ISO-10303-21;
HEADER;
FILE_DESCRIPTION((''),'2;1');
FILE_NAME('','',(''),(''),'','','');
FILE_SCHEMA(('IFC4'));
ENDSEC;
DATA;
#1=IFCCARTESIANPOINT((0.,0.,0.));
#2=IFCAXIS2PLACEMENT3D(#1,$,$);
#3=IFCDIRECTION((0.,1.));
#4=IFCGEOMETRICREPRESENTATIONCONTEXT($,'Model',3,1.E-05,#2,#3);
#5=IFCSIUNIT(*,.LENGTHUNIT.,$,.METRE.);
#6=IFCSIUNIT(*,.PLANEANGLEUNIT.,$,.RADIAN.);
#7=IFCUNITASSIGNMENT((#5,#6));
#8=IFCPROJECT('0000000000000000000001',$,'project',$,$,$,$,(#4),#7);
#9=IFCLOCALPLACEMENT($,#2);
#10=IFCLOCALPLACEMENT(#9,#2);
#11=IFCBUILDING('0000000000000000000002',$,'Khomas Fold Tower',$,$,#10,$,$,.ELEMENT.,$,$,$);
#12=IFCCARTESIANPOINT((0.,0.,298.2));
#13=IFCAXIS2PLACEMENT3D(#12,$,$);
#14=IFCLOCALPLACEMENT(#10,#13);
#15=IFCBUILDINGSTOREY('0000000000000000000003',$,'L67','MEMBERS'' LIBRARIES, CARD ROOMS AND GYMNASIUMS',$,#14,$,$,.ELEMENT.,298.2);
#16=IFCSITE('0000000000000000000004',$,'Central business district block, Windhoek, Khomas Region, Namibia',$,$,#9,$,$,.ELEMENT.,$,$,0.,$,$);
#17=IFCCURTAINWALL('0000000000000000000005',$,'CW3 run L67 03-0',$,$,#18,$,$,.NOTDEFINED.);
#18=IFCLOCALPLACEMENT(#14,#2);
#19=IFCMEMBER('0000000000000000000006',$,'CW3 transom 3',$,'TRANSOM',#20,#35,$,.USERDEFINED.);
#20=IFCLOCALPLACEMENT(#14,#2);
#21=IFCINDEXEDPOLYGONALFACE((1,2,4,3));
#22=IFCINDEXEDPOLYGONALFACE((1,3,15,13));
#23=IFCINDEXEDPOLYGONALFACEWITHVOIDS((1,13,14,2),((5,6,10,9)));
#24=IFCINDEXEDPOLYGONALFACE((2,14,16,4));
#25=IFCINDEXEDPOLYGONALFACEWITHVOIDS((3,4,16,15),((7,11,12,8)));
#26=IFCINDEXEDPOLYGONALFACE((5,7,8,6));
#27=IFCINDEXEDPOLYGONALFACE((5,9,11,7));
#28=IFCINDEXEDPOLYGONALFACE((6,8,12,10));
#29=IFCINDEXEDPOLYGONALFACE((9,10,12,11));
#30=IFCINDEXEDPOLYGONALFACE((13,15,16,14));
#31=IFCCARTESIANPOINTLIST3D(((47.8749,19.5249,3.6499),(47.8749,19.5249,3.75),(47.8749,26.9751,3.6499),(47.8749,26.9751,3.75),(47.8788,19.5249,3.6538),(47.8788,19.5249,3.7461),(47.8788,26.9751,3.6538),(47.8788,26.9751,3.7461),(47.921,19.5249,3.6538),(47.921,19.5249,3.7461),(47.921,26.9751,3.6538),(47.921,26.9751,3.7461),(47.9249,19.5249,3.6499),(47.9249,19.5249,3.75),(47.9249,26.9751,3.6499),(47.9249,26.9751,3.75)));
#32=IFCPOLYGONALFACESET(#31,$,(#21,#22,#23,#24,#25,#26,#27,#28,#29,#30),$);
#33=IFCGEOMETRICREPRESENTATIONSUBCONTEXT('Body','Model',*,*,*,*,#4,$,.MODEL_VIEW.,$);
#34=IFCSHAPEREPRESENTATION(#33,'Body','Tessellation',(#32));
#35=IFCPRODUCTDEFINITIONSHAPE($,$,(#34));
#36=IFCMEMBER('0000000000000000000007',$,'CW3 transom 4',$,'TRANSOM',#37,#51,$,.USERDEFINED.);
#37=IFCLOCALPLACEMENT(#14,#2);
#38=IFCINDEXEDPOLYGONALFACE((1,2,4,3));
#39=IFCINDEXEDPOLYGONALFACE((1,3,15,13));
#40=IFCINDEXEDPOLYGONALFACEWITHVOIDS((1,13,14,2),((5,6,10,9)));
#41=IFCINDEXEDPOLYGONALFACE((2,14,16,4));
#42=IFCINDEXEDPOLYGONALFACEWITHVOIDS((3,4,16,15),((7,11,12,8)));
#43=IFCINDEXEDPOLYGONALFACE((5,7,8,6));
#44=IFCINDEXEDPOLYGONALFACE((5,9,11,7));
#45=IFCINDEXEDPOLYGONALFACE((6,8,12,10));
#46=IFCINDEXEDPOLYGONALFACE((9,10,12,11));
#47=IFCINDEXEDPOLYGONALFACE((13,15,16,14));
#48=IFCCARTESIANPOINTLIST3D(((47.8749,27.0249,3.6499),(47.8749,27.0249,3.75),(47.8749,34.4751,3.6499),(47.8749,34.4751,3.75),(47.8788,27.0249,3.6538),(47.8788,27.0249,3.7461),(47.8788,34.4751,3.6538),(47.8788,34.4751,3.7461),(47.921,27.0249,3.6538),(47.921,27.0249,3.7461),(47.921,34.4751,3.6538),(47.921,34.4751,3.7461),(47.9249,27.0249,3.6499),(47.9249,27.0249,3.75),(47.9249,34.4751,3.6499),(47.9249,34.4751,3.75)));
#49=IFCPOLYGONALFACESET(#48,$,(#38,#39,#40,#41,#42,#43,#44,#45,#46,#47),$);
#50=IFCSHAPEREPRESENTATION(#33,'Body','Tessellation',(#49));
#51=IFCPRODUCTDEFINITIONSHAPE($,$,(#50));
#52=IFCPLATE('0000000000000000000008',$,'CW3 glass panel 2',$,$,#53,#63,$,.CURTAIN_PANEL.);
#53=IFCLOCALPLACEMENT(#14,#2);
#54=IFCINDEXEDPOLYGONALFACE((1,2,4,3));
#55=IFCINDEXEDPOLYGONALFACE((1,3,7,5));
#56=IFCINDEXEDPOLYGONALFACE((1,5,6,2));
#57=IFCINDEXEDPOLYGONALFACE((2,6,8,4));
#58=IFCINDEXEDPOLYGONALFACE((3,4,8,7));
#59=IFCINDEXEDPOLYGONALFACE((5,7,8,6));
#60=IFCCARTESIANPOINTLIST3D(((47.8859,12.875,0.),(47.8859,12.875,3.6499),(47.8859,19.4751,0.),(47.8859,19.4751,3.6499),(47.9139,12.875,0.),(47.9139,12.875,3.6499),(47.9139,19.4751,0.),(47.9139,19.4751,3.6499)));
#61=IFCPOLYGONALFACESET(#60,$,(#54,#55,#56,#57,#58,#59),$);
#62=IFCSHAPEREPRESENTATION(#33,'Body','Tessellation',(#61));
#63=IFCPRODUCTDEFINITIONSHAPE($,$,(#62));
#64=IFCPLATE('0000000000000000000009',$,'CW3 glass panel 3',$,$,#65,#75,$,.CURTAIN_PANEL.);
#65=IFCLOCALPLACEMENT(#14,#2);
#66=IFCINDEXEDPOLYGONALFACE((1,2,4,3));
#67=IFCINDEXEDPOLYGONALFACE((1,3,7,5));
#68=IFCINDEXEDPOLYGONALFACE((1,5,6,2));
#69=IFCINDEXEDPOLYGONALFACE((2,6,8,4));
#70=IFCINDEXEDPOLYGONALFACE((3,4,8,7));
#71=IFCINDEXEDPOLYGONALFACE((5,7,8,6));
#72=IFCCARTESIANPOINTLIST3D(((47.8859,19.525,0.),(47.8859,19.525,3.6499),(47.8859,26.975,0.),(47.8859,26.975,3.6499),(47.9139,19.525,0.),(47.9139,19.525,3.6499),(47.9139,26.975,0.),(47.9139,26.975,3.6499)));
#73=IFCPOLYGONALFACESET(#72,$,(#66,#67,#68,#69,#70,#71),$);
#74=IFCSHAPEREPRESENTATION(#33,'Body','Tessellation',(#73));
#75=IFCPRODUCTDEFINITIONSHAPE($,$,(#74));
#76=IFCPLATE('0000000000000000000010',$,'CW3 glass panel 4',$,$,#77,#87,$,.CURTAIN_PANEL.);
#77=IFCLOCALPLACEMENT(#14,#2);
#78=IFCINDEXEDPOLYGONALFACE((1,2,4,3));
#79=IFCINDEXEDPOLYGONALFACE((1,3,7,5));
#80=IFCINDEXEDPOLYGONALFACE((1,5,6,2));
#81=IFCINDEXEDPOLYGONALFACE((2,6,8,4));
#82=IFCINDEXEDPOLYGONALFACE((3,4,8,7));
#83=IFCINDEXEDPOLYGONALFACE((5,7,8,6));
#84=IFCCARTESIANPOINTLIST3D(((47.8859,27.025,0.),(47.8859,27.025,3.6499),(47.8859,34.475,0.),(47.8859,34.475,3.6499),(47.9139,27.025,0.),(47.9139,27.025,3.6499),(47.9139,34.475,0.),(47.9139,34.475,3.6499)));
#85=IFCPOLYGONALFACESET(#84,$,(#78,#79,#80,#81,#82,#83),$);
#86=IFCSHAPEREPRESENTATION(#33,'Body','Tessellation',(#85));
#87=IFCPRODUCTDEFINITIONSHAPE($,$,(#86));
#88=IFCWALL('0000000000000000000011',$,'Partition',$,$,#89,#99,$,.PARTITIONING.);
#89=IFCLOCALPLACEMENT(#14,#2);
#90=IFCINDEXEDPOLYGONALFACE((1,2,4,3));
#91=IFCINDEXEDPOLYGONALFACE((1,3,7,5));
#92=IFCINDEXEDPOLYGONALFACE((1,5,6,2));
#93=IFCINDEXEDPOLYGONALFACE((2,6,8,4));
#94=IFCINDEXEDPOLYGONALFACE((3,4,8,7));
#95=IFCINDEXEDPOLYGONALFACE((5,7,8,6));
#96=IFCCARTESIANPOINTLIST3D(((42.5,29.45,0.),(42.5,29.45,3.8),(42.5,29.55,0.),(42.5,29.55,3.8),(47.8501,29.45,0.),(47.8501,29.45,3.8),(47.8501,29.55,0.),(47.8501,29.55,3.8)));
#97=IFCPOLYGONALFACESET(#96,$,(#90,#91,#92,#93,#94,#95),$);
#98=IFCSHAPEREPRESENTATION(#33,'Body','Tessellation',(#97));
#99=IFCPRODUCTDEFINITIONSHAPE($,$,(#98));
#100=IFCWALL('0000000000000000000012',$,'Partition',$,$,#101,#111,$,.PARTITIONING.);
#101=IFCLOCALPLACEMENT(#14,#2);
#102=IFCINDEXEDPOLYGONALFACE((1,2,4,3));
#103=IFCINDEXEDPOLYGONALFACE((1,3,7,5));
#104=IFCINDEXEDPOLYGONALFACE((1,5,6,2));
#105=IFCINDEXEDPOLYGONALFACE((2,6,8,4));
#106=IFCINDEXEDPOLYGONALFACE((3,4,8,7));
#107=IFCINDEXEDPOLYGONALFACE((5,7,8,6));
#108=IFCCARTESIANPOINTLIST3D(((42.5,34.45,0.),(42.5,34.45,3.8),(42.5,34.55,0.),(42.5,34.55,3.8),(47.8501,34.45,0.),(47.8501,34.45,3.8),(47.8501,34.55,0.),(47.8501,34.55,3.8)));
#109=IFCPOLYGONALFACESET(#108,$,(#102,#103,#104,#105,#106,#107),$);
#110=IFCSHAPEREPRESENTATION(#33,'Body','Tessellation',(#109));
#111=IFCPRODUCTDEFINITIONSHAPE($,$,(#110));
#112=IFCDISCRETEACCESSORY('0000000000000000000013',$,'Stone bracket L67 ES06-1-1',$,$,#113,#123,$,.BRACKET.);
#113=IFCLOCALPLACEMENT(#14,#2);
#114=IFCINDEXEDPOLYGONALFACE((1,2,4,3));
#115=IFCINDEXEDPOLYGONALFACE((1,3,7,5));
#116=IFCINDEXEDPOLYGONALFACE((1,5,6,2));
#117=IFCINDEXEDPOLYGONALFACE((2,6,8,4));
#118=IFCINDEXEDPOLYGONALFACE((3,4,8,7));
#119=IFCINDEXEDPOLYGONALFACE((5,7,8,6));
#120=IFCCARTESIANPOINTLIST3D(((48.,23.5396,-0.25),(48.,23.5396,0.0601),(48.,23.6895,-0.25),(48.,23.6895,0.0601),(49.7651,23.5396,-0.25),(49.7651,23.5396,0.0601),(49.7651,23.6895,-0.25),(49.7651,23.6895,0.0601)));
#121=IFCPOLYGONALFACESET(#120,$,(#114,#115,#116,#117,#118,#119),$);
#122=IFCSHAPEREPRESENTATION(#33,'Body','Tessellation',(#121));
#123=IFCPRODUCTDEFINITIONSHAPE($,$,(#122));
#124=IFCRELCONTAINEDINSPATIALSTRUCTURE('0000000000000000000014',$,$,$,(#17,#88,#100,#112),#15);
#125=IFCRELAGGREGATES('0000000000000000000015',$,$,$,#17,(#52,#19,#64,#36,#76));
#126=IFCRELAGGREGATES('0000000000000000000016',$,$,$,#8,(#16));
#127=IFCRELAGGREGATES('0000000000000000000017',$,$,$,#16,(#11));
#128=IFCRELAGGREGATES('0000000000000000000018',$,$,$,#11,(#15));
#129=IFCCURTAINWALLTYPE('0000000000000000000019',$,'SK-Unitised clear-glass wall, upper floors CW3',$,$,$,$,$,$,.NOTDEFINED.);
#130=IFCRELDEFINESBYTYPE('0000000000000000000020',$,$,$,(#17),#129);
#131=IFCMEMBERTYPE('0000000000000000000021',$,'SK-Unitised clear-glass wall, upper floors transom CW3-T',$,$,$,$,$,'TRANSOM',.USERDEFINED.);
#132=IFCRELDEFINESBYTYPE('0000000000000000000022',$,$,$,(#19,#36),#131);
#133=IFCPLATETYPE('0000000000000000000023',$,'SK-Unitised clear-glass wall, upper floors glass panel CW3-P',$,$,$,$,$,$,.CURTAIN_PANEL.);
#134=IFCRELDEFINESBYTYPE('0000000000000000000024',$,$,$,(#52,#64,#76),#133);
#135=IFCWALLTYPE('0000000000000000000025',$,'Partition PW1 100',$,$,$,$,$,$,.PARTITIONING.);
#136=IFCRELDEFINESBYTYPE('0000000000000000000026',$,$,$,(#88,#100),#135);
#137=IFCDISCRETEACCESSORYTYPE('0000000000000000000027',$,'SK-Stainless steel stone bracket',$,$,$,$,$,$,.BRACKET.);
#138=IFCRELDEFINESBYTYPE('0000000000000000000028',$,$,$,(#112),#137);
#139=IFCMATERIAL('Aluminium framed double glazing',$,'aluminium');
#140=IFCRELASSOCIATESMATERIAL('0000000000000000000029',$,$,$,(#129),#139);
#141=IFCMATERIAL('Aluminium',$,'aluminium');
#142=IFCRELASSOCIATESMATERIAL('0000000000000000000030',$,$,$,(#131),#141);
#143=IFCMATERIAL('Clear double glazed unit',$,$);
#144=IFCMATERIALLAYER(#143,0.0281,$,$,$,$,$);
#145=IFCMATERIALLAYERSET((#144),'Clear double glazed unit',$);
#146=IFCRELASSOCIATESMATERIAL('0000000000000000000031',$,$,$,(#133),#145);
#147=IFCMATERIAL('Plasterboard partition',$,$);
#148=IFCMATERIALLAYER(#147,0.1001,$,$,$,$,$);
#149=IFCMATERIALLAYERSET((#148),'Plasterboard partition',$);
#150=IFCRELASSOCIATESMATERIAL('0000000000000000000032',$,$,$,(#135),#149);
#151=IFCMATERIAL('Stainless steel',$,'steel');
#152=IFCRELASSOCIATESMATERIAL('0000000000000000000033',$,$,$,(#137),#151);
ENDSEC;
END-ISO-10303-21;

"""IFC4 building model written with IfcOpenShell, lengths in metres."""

from ifc_helpers import new_model, si_unit, direction, frame, frame_2d, origin, origin_2d, place, context, subcontext, project, spatial, rectangle, hollow_rectangle, extrude, source, transform, mapped, material, layer, layer_set, material_profile, profile_set, type_object, element, aggregate, save


model = new_model("IFC4")

# Units and contexts
model_context = context("Model", 3, precision=1e-05, world=origin(), true_north=direction((0.0, 1.0)))
body_context = subcontext(model_context, "Body", "Model", "MODEL_VIEW")
ifc_project = project(units=[si_unit("LENGTHUNIT", "METRE"), si_unit("PLANEANGLEUNIT", "RADIAN")], contexts=[model_context])

# Site, building, storey
site_placement = place(None, origin())
site = spatial("IfcSite", under=ifc_project, at=site_placement, Name="Central business district block, Windhoek, Khomas Region, Namibia", CompositionType="ELEMENT", RefElevation=0.0)
building_placement = place(site_placement, origin())
building = spatial("IfcBuilding", under=site, at=building_placement, Name="Khomas Fold Tower", CompositionType="ELEMENT")
storey_placement = place(building_placement, frame((0.0, 0.0, 298.2)))
storey = spatial("IfcBuildingStorey", under=building, at=storey_placement, Name="L67", Description="MEMBERS' LIBRARIES, CARD ROOMS AND GYMNASIUMS", CompositionType="ELEMENT", Elevation=298.2)

# Curtain wall, members, plates
ifc_material_1 = material(Name="Aluminium framed double glazing", Category="aluminium")
curtain_wall_type = type_object("IfcCurtainWallType", Name="SK-Unitised clear-glass wall, upper floors CW3", PredefinedType="NOTDEFINED", material=ifc_material_1)
curtain_wall_placement = place(storey_placement, origin())
curtain_wall = element("IfcCurtainWall", 1, at=curtain_wall_placement, inside=storey, type_object=curtain_wall_type, Name="CW3 run L67 03-0", PredefinedType="NOTDEFINED")
ifc_material_2 = material(Name="Aluminium", Category="aluminium")
ifc_material_profile_1 = material_profile(ifc_material_2, hollow_rectangle(XDim=0.05, YDim=0.1001, WallThickness=0.0039, at=origin_2d()), Name="SK-Unitised clear-glass wall, upper floors transom CW3-T")
ifc_profile_set_1 = profile_set([ifc_material_profile_1], Name="Aluminium")
member_type_1 = type_object("IfcMemberType", Name="SK-Unitised clear-glass wall, upper floors transom CW3-T", ElementType="TRANSOM", PredefinedType="USERDEFINED", material=ifc_profile_set_1)
shared_shape_1 = source(origin(), body_context, "Body", "SweptSolid", [
    extrude(hollow_rectangle(XDim=0.05, YDim=0.1001, WallThickness=0.0039, at=origin_2d()), origin(), (0.0, 0.0, 1.0), 7.4502),
])
member_1_placement = place(storey_placement, frame((47.8999, 19.5249, 3.7), z_axis=(0.0, 1.0, 0.0), x_axis=(-1.0, 0.0, 0.0)))
member_1 = element("IfcMember", 2, at=member_1_placement, type_object=member_type_1, Name="CW3 transom 3", ObjectType="TRANSOM", PredefinedType="USERDEFINED", context=body_context, shape_type="MappedRepresentation", body=[
    mapped(shared_shape_1, transform((0.0, 0.0, 0.0))),
])
member_2_placement = place(storey_placement, frame((47.8999, 27.0249, 3.7), z_axis=(0.0, 1.0, 0.0), x_axis=(-1.0, 0.0, 0.0)))
member_2 = element("IfcMember", 3, at=member_2_placement, type_object=member_type_1, Name="CW3 transom 4", ObjectType="TRANSOM", PredefinedType="USERDEFINED", context=body_context, shape_type="MappedRepresentation", body=[
    mapped(shared_shape_1, transform((0.0, 0.0, 0.0))),
])
ifc_material_3 = material(Name="Clear double glazed unit")
ifc_layer_1 = layer(ifc_material_3, 0.0281)
ifc_layer_set_1 = layer_set([ifc_layer_1], Name="Clear double glazed unit")
plate_type = type_object("IfcPlateType", Name="SK-Unitised clear-glass wall, upper floors glass panel CW3-P", PredefinedType="CURTAIN_PANEL", material=ifc_layer_set_1)
shared_shape_2 = source(origin(), body_context, "Body", "SweptSolid", [
    extrude(rectangle(XDim=6.6001, YDim=0.0281, at=origin_2d()), origin(), (0.0, 0.0, 1.0), 3.6499),
])
plate_1_placement = place(storey_placement, frame((47.8999, 16.175, 0.0), z_axis=(0.0, 0.0, 1.0), x_axis=(0.0, 1.0, 0.0)))
plate_1 = element("IfcPlate", 4, at=plate_1_placement, type_object=plate_type, Name="CW3 glass panel 2", PredefinedType="CURTAIN_PANEL", context=body_context, shape_type="MappedRepresentation", body=[
    mapped(shared_shape_2, transform((0.0, 0.0, 0.0))),
])
shared_shape_3 = source(origin(), body_context, "Body", "SweptSolid", [
    extrude(rectangle(XDim=7.45, YDim=0.0281, at=origin_2d()), origin(), (0.0, 0.0, 1.0), 3.6499),
])
plate_2_placement = place(storey_placement, frame((47.8999, 23.25, 0.0), z_axis=(0.0, 0.0, 1.0), x_axis=(0.0, 1.0, 0.0)))
plate_2 = element("IfcPlate", 5, at=plate_2_placement, type_object=plate_type, Name="CW3 glass panel 3", PredefinedType="CURTAIN_PANEL", context=body_context, shape_type="MappedRepresentation", body=[
    mapped(shared_shape_3, transform((0.0, 0.0, 0.0))),
])
plate_3_placement = place(storey_placement, frame((47.8999, 30.75, 0.0), z_axis=(0.0, 0.0, 1.0), x_axis=(0.0, 1.0, 0.0)))
plate_3 = element("IfcPlate", 6, at=plate_3_placement, type_object=plate_type, Name="CW3 glass panel 4", PredefinedType="CURTAIN_PANEL", context=body_context, shape_type="MappedRepresentation", body=[
    mapped(shared_shape_3, transform((0.0, 0.0, 0.0))),
])
aggregate(curtain_wall, [plate_1, member_1, plate_2, member_2, plate_3])

# Walls
ifc_material_4 = material(Name="Plasterboard partition")
ifc_layer_2 = layer(ifc_material_4, 0.1001)
ifc_layer_set_2 = layer_set([ifc_layer_2], Name="Plasterboard partition")
wall_type = type_object("IfcWallType", Name="Partition PW1 100", PredefinedType="PARTITIONING", material=ifc_layer_set_2)
shared_shape_4 = source(origin(), body_context, "Body", "SweptSolid", [
    extrude(rectangle(XDim=5.3501, YDim=0.1001, at=frame_2d((2.675, 0.0))), origin(), (0.0, 0.0, 1.0), 3.8),
])
for number, where, z_axis, x_axis, name in (
    (7, (42.5, 29.5, 0.0), (0.0, 0.0, 1.0), (1.0, 0.0, 0.0), "Partition"),
    (8, (42.5, 34.5, 0.0), (0.0, 0.0, 1.0), (1.0, 0.0, 0.0), "Partition"),
):
    element("IfcWall", number, at=place(storey_placement, frame(where, z_axis=z_axis, x_axis=x_axis)), inside=storey, type_object=wall_type, Name=name, PredefinedType="PARTITIONING", context=body_context, shape_type="MappedRepresentation", body=[
        mapped(shared_shape_4, transform((0.0, 0.0, 0.0))),
    ])

# Discrete accessory
ifc_material_5 = material(Name="Stainless steel", Category="steel")
discrete_accessory_type = type_object("IfcDiscreteAccessoryType", Name="SK-Stainless steel stone bracket", PredefinedType="BRACKET", material=ifc_material_5)
shared_shape_5 = source(origin(), body_context, "Body", "SweptSolid", [
    extrude(rectangle(XDim=1.7651, YDim=0.1499, at=origin_2d()), origin(), (0.0, 0.0, 1.0), 0.3101),
])
discrete_accessory_placement = place(storey_placement, frame((48.8826, 23.6145, -0.25), z_axis=(0.0, 0.0, 1.0), x_axis=(1.0, 0.0, 0.0)))
element("IfcDiscreteAccessory", 9, at=discrete_accessory_placement, inside=storey, type_object=discrete_accessory_type, Name="Stone bracket L67 ES06-1-1", PredefinedType="BRACKET", context=body_context, shape_type="MappedRepresentation", body=[
    mapped(shared_shape_5, transform((0.0, 0.0, 0.0))),
])

save(model, "model.ifc")
